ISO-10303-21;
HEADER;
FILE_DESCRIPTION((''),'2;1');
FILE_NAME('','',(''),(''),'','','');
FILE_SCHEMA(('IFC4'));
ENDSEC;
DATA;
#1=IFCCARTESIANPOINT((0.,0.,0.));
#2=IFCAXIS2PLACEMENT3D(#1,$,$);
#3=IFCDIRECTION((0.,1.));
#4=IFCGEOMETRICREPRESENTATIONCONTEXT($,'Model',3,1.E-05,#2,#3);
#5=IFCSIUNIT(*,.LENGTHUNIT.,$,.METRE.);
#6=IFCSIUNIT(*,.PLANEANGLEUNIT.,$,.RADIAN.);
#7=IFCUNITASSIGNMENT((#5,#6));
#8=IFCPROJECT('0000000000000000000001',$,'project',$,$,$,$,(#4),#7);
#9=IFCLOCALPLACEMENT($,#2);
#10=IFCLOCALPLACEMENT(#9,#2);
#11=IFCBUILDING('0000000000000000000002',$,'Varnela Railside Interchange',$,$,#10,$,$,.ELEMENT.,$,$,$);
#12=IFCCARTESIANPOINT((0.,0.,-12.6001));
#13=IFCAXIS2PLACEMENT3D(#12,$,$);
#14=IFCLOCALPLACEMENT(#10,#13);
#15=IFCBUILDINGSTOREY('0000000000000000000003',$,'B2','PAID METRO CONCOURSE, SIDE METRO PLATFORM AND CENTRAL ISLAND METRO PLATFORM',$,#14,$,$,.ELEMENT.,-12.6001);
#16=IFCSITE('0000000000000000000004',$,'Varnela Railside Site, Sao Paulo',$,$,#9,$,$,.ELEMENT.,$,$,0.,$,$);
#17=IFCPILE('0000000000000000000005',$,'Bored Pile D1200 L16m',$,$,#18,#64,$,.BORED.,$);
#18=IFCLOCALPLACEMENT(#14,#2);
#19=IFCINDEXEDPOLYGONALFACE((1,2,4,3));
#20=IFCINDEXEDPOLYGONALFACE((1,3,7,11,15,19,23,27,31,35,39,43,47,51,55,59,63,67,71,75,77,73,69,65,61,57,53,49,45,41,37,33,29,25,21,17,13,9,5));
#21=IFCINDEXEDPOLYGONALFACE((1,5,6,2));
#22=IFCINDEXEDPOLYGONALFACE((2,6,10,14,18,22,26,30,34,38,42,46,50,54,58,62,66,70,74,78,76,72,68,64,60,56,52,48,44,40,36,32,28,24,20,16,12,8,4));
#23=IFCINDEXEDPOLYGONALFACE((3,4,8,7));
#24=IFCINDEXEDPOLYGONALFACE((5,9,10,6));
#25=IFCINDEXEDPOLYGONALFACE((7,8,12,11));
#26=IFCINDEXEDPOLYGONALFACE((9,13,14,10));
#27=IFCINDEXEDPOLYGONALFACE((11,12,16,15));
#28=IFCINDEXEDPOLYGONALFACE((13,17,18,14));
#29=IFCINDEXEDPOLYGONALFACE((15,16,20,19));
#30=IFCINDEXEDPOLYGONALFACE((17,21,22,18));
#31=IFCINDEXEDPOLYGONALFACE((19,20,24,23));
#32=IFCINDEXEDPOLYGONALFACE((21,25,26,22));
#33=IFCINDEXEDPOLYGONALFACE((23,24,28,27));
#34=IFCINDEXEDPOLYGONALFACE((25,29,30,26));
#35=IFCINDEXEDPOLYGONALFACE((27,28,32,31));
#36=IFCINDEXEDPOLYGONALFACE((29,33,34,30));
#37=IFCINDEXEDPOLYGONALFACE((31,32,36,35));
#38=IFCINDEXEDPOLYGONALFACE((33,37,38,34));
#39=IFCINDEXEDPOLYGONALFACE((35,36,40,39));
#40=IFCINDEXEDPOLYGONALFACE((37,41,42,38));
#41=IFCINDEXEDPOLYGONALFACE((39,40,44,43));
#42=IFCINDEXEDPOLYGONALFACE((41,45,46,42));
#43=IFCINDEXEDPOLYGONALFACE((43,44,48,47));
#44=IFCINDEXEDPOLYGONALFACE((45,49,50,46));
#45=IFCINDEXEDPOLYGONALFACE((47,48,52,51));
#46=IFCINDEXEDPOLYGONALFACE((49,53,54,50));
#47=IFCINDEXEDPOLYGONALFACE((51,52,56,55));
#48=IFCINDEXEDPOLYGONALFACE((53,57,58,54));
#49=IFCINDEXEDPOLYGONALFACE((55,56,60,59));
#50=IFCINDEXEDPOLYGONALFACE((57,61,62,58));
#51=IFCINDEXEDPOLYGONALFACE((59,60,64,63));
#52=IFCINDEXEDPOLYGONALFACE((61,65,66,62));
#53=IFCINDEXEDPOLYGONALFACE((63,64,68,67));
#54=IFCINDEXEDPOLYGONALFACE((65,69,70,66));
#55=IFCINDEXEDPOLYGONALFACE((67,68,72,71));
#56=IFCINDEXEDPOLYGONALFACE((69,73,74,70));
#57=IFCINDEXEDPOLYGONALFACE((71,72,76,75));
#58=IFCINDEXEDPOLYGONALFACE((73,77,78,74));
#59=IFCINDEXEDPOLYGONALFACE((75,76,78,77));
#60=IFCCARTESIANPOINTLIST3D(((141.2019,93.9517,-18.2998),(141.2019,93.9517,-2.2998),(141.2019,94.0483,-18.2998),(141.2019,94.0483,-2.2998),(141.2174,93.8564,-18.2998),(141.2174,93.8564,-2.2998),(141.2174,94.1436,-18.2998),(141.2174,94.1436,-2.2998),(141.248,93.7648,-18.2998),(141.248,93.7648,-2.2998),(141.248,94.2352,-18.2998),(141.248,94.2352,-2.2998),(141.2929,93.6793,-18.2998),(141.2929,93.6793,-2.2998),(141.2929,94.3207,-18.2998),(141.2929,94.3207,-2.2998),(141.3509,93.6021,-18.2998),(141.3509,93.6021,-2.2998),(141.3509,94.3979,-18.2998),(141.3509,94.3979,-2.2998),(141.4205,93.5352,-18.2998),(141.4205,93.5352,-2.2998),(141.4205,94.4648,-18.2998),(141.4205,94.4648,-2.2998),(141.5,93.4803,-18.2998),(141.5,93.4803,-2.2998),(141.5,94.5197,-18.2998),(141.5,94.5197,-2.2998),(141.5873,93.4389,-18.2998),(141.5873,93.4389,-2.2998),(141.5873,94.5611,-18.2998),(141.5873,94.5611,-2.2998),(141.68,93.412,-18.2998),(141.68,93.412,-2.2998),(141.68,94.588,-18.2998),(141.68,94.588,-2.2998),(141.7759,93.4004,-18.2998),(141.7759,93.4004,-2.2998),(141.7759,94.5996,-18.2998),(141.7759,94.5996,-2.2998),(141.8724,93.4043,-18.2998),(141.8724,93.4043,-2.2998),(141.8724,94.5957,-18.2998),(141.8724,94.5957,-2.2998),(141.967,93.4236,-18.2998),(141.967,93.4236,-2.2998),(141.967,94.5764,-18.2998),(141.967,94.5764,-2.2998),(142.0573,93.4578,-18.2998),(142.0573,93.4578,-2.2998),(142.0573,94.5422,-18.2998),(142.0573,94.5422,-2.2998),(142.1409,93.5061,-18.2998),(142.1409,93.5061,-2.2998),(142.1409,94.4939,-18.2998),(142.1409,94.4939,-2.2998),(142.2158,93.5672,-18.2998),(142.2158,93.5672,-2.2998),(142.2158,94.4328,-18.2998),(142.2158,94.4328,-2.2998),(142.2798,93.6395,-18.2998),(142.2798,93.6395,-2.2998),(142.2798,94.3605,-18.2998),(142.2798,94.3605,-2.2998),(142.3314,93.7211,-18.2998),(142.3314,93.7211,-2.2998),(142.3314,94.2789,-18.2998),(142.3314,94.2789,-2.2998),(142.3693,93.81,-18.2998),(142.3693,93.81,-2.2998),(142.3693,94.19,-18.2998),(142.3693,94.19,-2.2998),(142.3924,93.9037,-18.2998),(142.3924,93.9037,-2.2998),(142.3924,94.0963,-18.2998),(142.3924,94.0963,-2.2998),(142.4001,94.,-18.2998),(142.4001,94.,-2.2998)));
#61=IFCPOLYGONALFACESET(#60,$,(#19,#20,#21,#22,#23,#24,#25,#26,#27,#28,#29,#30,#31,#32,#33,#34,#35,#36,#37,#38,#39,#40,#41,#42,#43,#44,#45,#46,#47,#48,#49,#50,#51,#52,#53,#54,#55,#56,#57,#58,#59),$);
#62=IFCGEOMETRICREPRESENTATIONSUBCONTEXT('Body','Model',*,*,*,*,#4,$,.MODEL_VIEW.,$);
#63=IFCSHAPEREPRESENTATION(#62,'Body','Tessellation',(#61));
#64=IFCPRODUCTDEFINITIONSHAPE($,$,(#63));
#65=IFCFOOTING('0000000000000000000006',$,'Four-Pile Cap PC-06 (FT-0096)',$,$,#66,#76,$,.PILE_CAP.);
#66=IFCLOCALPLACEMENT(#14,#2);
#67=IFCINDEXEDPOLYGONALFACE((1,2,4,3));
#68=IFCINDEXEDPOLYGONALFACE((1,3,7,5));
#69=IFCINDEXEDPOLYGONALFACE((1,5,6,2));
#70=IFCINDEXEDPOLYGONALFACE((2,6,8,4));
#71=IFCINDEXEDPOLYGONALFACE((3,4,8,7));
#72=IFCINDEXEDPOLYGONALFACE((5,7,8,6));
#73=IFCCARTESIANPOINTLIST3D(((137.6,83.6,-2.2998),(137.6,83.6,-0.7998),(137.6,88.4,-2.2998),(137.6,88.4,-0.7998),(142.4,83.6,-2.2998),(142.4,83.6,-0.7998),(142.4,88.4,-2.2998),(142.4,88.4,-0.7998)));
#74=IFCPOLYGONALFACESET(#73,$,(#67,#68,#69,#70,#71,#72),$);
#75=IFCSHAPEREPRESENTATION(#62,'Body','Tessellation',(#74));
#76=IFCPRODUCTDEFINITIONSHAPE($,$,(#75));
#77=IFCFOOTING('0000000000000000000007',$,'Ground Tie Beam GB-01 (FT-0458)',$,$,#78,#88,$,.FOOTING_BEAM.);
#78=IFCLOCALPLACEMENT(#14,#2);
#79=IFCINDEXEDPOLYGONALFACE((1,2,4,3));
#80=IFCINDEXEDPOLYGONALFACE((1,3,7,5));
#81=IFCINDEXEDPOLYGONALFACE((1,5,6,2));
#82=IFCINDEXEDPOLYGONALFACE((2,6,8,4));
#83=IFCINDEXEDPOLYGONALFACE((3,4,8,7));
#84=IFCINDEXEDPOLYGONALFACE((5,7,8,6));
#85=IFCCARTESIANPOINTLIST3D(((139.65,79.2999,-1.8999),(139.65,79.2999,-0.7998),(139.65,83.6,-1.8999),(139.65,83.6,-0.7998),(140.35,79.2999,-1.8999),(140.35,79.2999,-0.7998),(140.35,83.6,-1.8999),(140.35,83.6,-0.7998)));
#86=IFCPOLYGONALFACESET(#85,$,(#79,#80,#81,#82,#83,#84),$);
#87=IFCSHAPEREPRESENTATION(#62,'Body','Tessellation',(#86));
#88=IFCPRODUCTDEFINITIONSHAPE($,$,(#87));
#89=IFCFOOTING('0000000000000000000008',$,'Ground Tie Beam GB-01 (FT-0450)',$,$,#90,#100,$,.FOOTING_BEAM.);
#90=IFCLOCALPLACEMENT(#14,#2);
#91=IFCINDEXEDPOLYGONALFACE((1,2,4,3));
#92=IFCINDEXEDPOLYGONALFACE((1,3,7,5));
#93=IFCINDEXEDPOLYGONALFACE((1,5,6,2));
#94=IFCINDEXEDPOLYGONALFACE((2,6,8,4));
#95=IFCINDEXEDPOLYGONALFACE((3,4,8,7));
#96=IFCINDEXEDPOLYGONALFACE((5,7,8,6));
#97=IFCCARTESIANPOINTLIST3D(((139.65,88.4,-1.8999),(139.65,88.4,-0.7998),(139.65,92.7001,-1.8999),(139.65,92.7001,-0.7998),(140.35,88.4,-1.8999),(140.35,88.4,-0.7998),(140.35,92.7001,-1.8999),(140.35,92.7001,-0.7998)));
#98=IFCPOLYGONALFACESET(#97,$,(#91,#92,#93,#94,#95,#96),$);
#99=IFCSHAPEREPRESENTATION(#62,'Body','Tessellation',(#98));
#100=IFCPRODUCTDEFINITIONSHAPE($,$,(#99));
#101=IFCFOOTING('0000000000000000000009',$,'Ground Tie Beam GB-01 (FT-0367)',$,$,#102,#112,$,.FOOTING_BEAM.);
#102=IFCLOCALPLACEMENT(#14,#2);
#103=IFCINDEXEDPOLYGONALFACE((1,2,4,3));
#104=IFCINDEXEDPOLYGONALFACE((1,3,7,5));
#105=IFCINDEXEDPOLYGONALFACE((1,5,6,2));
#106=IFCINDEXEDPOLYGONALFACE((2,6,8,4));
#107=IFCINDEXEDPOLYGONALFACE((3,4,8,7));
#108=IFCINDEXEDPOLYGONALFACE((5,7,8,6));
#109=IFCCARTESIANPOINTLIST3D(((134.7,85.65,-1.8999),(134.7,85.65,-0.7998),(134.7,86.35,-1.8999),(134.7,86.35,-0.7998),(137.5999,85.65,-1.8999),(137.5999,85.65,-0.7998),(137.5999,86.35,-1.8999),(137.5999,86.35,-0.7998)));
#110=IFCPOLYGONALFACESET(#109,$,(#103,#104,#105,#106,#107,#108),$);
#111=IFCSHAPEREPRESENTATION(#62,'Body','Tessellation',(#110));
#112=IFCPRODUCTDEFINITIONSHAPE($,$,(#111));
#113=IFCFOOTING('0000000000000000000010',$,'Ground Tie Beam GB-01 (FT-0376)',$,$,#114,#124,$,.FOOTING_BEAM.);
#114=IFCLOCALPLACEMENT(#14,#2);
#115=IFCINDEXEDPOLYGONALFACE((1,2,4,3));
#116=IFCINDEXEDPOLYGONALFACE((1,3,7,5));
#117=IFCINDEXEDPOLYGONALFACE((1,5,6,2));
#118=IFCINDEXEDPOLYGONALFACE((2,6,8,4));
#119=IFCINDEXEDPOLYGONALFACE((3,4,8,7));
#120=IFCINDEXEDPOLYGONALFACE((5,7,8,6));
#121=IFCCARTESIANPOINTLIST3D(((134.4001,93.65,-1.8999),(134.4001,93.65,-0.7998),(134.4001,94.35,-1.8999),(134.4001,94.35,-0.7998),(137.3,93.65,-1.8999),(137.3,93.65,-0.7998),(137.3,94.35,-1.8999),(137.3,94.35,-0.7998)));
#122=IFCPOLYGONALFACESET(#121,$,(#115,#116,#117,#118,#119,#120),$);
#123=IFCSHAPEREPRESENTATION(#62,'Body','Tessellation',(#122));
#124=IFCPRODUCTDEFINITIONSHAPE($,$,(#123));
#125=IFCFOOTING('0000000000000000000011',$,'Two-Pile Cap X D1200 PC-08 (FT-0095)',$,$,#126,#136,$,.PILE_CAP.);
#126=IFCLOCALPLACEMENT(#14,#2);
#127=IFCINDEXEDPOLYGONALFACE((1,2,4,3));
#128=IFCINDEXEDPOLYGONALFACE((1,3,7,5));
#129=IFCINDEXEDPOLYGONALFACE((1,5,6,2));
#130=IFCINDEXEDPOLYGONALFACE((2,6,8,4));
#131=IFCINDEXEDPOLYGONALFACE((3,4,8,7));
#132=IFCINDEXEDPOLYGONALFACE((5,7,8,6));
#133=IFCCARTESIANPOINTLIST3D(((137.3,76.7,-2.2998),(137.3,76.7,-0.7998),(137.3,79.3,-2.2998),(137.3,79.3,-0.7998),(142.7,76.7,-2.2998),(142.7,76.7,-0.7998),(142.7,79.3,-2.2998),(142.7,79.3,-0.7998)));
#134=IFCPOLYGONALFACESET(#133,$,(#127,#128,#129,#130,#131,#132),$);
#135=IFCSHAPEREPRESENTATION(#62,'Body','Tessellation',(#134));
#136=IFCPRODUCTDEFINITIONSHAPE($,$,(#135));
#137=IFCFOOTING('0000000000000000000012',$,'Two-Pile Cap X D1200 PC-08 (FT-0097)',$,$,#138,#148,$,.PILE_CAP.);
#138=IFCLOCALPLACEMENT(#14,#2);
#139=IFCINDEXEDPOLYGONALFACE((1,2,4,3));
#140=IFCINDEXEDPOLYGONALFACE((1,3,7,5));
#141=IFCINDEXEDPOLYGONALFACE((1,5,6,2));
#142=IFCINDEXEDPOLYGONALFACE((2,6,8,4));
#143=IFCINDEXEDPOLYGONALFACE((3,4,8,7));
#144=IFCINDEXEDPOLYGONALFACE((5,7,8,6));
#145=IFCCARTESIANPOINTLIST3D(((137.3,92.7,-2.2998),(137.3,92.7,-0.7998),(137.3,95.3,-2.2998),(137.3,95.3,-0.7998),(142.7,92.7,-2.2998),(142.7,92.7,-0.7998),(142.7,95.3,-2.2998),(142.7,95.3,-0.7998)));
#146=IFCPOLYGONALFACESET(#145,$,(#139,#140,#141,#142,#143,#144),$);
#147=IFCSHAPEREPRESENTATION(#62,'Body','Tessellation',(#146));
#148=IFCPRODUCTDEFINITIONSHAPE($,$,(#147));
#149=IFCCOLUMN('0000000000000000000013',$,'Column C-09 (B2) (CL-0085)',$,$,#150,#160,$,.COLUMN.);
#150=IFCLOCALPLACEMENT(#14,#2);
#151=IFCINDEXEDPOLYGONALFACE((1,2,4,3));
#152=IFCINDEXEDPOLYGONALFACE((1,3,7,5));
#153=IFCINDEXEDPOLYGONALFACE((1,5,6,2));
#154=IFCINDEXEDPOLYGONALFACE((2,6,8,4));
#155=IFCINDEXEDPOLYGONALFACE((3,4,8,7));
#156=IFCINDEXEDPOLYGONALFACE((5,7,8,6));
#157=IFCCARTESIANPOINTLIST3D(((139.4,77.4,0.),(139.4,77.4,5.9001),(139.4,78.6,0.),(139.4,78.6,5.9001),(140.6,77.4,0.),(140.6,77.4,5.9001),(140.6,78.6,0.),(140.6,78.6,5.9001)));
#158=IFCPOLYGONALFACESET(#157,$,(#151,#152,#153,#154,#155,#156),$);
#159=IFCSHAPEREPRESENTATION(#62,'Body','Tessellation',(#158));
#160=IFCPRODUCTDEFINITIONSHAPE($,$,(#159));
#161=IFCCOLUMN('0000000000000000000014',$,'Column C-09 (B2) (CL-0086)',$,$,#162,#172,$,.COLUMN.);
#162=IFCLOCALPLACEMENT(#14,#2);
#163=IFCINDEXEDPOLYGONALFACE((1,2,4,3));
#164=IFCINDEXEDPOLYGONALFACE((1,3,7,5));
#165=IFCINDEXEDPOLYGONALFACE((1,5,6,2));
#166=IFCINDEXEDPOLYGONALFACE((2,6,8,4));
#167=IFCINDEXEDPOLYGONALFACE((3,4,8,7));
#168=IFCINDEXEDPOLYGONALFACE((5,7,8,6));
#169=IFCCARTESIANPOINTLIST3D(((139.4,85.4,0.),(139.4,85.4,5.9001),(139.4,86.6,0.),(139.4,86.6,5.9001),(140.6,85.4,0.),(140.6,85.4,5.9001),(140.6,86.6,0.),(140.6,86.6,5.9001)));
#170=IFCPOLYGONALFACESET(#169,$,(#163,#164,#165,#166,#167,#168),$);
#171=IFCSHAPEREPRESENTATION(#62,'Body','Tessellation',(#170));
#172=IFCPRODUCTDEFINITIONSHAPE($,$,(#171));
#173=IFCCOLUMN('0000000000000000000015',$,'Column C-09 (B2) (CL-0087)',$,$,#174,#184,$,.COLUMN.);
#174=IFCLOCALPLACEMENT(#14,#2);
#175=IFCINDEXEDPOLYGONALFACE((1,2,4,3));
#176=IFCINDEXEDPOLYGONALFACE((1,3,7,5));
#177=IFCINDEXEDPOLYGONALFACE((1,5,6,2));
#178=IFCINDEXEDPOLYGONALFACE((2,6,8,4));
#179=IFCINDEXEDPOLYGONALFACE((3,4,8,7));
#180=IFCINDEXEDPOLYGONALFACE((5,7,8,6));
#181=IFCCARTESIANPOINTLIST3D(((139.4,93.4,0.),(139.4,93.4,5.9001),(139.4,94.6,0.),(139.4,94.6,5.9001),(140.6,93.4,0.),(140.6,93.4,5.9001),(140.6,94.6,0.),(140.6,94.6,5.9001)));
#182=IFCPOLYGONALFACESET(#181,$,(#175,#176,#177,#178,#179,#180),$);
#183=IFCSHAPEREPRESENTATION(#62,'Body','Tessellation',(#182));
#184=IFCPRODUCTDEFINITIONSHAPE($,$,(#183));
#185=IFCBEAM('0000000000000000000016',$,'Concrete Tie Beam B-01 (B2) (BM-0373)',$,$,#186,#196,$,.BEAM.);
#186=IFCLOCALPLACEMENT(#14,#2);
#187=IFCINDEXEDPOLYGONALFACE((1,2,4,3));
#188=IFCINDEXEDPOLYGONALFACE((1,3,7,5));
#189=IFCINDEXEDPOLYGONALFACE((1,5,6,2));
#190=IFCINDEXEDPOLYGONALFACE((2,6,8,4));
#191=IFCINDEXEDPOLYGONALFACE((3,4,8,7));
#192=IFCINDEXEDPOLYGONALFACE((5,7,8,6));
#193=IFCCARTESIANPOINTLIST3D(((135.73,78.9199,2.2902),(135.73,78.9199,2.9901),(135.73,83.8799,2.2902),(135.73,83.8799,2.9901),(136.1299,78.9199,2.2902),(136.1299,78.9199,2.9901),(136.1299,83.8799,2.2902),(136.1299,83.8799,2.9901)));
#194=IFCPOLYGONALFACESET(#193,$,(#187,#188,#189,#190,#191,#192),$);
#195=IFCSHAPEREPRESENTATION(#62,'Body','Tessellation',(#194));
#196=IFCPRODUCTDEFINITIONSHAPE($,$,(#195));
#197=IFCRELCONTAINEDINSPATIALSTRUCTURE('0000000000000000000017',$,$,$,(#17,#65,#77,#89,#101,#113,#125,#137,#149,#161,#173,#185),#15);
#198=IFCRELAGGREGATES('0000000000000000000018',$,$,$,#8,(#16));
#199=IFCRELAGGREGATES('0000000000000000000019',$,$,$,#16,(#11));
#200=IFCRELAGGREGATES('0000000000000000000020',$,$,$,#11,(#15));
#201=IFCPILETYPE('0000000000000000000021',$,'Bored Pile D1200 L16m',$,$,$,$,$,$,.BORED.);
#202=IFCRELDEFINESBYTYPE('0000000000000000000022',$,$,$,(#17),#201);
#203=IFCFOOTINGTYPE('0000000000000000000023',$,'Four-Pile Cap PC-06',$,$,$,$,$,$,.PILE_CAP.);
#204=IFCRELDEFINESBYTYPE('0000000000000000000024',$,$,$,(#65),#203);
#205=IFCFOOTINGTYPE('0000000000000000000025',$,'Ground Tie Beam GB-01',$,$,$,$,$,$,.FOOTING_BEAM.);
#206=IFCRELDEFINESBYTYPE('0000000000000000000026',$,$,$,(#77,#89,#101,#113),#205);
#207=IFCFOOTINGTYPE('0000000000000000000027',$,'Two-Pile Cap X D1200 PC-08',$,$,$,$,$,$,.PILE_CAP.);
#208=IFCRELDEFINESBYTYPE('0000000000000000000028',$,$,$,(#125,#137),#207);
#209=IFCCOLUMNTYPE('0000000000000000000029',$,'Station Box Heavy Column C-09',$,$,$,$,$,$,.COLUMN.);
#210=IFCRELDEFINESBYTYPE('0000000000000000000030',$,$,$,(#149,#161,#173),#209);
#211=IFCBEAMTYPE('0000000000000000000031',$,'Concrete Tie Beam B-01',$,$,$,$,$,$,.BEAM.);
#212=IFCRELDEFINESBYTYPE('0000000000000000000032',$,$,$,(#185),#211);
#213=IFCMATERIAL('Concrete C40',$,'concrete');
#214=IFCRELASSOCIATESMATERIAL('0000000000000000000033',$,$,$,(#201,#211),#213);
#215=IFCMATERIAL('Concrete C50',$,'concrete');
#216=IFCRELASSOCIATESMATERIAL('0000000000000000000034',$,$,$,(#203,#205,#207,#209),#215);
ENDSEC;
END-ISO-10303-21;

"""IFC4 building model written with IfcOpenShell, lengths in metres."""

from ifc_helpers import new_model, si_unit, direction, frame, origin, origin_2d, place, context, subcontext, project, spatial, rectangle, circle, extrude, material, material_profile, profile_set, type_object, element, save


model = new_model("IFC4")

# Units and contexts
model_context = context("Model", 3, precision=1e-05, world=origin(), true_north=direction((0.0, 1.0)))
body_context = subcontext(model_context, "Body", "Model", "MODEL_VIEW")
ifc_project = project(units=[si_unit("LENGTHUNIT", "METRE"), si_unit("PLANEANGLEUNIT", "RADIAN")], contexts=[model_context])

# Site, building, storey
site_placement = place(None, origin())
site = spatial("IfcSite", under=ifc_project, at=site_placement, Name="Varnela Railside Site, Sao Paulo", CompositionType="ELEMENT", RefElevation=0.0)
building_placement = place(site_placement, origin())
building = spatial("IfcBuilding", under=site, at=building_placement, Name="Varnela Railside Interchange", CompositionType="ELEMENT")
storey_placement = place(building_placement, frame((0.0, 0.0, -12.6001)))
storey = spatial("IfcBuildingStorey", under=building, at=storey_placement, Name="B2", Description="PAID METRO CONCOURSE, SIDE METRO PLATFORM AND CENTRAL ISLAND METRO PLATFORM", CompositionType="ELEMENT", Elevation=-12.6001)

# Pile
ifc_material_1 = material(Name="Concrete C40", Category="concrete")
ifc_material_profile_1 = material_profile(ifc_material_1, circle(Radius=0.6001, at=origin_2d()), Name="BORED PILE D1200")
ifc_profile_set_1 = profile_set([ifc_material_profile_1], Name="Concrete C40")
pile_type_1 = type_object("IfcPileType", Name="Bored Pile D1200 L16m", PredefinedType="BORED", material=ifc_profile_set_1)
for number, where, z_axis, x_axis, name in (
    (1, (141.8, 94.0, -2.2998), (0.0, 0.0, -1.0), (1.0, 0.0, 0.0), "Bored Pile D1200 L16m"),
):
    element("IfcPile", number, at=place(storey_placement, frame(where, z_axis=z_axis, x_axis=x_axis)), inside=storey, type_object=pile_type_1, Name=name, PredefinedType="BORED", context=body_context, shape_type="SweptSolid", body=[
        extrude(circle(Radius=0.6001, at=origin_2d()), origin(), (0.0, 0.0, 1.0), 16.0),
    ])

# Footings
ifc_material_2 = material(Name="Concrete C50", Category="concrete")
footing_type_1 = type_object("IfcFootingType", Name="Four-Pile Cap PC-06", PredefinedType="PILE_CAP", material=ifc_material_2)
footing_placement = place(storey_placement, frame((140.0, 86.0, -2.2998), z_axis=(0.0, 0.0, 1.0), x_axis=(1.0, 0.0, 0.0)))
element("IfcFooting", 2, at=footing_placement, inside=storey, type_object=footing_type_1, Name="Four-Pile Cap PC-06 (FT-0096)", PredefinedType="PILE_CAP", context=body_context, shape_type="SweptSolid", body=[
    extrude(rectangle(XDim=4.8, YDim=4.8, at=origin_2d()), origin(), (0.0, 0.0, 1.0), 1.5),
])
footing_type_2 = type_object("IfcFootingType", Name="Ground Tie Beam GB-01", PredefinedType="FOOTING_BEAM", material=ifc_material_2)
for number, where, z_axis, x_axis, name in (
    (3, (140.0, 81.45, -1.8999), (0.0, 0.0, 1.0), (1.0, 0.0, 0.0), "Ground Tie Beam GB-01 (FT-0458)"),
    (4, (140.0, 90.55, -1.8999), (0.0, 0.0, 1.0), (1.0, 0.0, 0.0), "Ground Tie Beam GB-01 (FT-0450)"),
):
    element("IfcFooting", number, at=place(storey_placement, frame(where, z_axis=z_axis, x_axis=x_axis)), inside=storey, type_object=footing_type_2, Name=name, PredefinedType="FOOTING_BEAM", context=body_context, shape_type="SweptSolid", body=[
        extrude(rectangle(XDim=0.7, YDim=4.3, at=origin_2d()), origin(), (0.0, 0.0, 1.0), 1.1001),
    ])
for number, where, z_axis, x_axis, name in (
    (5, (136.1499, 86.0, -1.8999), (0.0, 0.0, 1.0), (1.0, 0.0, 0.0), "Ground Tie Beam GB-01 (FT-0367)"),
    (6, (135.8501, 94.0, -1.8999), (0.0, 0.0, 1.0), (1.0, 0.0, 0.0), "Ground Tie Beam GB-01 (FT-0376)"),
):
    element("IfcFooting", number, at=place(storey_placement, frame(where, z_axis=z_axis, x_axis=x_axis)), inside=storey, type_object=footing_type_2, Name=name, PredefinedType="FOOTING_BEAM", context=body_context, shape_type="SweptSolid", body=[
        extrude(rectangle(XDim=2.8999, YDim=0.7, at=origin_2d()), origin(), (0.0, 0.0, 1.0), 1.1001),
    ])
footing_type_3 = type_object("IfcFootingType", Name="Two-Pile Cap X D1200 PC-08", PredefinedType="PILE_CAP", material=ifc_material_2)
for number, where, z_axis, x_axis, name in (
    (7, (140.0, 78.0, -2.2998), (0.0, 0.0, 1.0), (1.0, 0.0, 0.0), "Two-Pile Cap X D1200 PC-08 (FT-0095)"),
    (8, (140.0, 94.0, -2.2998), (0.0, 0.0, 1.0), (1.0, 0.0, 0.0), "Two-Pile Cap X D1200 PC-08 (FT-0097)"),
):
    element("IfcFooting", number, at=place(storey_placement, frame(where, z_axis=z_axis, x_axis=x_axis)), inside=storey, type_object=footing_type_3, Name=name, PredefinedType="PILE_CAP", context=body_context, shape_type="SweptSolid", body=[
        extrude(rectangle(XDim=5.3999, YDim=2.6001, at=origin_2d()), origin(), (0.0, 0.0, 1.0), 1.5),
    ])

# Columns
ifc_material_profile_2 = material_profile(ifc_material_2, rectangle(XDim=1.2, YDim=1.2, at=origin_2d()), Name="RC 1200x1200")
ifc_profile_set_2 = profile_set([ifc_material_profile_2], Name="Concrete C50")
column_type = type_object("IfcColumnType", Name="Station Box Heavy Column C-09", PredefinedType="COLUMN", material=ifc_profile_set_2)
for number, where, z_axis, x_axis, name in (
    (9, (140.0, 78.0, 0.0), (0.0, 0.0, 1.0), (1.0, 0.0, 0.0), "Column C-09 (B2) (CL-0085)"),
    (10, (140.0, 86.0, 0.0), (0.0, 0.0, 1.0), (1.0, 0.0, 0.0), "Column C-09 (B2) (CL-0086)"),
    (11, (140.0, 94.0, 0.0), (0.0, 0.0, 1.0), (1.0, 0.0, 0.0), "Column C-09 (B2) (CL-0087)"),
):
    element("IfcColumn", number, at=place(storey_placement, frame(where, z_axis=z_axis, x_axis=x_axis)), inside=storey, type_object=column_type, Name=name, PredefinedType="COLUMN", context=body_context, shape_type="SweptSolid", body=[
        extrude(rectangle(XDim=1.2, YDim=1.2, at=origin_2d()), origin(), (0.0, 0.0, 1.0), 5.9001),
    ])

# Beam
ifc_material_profile_3 = material_profile(ifc_material_1, rectangle(XDim=0.3999, YDim=0.7, at=origin_2d()), Name="RC 400x700")
ifc_profile_set_3 = profile_set([ifc_material_profile_3], Name="Concrete C40")
beam_type_1 = type_object("IfcBeamType", Name="Concrete Tie Beam B-01", PredefinedType="BEAM", material=ifc_profile_set_3)
beam_1_placement = place(storey_placement, frame((135.9299, 78.9199, 2.6401), z_axis=(0.0, 1.0, 0.0), x_axis=(-1.0, 0.0, 0.0)))
element("IfcBeam", 12, at=beam_1_placement, inside=storey, type_object=beam_type_1, Name="Concrete Tie Beam B-01 (B2) (BM-0373)", PredefinedType="BEAM", context=body_context, shape_type="SweptSolid", body=[
    extrude(rectangle(XDim=0.3999, YDim=0.7, at=origin_2d()), origin(), (0.0, 0.0, 1.0), 4.96),
])

save(model, "model.ifc")
